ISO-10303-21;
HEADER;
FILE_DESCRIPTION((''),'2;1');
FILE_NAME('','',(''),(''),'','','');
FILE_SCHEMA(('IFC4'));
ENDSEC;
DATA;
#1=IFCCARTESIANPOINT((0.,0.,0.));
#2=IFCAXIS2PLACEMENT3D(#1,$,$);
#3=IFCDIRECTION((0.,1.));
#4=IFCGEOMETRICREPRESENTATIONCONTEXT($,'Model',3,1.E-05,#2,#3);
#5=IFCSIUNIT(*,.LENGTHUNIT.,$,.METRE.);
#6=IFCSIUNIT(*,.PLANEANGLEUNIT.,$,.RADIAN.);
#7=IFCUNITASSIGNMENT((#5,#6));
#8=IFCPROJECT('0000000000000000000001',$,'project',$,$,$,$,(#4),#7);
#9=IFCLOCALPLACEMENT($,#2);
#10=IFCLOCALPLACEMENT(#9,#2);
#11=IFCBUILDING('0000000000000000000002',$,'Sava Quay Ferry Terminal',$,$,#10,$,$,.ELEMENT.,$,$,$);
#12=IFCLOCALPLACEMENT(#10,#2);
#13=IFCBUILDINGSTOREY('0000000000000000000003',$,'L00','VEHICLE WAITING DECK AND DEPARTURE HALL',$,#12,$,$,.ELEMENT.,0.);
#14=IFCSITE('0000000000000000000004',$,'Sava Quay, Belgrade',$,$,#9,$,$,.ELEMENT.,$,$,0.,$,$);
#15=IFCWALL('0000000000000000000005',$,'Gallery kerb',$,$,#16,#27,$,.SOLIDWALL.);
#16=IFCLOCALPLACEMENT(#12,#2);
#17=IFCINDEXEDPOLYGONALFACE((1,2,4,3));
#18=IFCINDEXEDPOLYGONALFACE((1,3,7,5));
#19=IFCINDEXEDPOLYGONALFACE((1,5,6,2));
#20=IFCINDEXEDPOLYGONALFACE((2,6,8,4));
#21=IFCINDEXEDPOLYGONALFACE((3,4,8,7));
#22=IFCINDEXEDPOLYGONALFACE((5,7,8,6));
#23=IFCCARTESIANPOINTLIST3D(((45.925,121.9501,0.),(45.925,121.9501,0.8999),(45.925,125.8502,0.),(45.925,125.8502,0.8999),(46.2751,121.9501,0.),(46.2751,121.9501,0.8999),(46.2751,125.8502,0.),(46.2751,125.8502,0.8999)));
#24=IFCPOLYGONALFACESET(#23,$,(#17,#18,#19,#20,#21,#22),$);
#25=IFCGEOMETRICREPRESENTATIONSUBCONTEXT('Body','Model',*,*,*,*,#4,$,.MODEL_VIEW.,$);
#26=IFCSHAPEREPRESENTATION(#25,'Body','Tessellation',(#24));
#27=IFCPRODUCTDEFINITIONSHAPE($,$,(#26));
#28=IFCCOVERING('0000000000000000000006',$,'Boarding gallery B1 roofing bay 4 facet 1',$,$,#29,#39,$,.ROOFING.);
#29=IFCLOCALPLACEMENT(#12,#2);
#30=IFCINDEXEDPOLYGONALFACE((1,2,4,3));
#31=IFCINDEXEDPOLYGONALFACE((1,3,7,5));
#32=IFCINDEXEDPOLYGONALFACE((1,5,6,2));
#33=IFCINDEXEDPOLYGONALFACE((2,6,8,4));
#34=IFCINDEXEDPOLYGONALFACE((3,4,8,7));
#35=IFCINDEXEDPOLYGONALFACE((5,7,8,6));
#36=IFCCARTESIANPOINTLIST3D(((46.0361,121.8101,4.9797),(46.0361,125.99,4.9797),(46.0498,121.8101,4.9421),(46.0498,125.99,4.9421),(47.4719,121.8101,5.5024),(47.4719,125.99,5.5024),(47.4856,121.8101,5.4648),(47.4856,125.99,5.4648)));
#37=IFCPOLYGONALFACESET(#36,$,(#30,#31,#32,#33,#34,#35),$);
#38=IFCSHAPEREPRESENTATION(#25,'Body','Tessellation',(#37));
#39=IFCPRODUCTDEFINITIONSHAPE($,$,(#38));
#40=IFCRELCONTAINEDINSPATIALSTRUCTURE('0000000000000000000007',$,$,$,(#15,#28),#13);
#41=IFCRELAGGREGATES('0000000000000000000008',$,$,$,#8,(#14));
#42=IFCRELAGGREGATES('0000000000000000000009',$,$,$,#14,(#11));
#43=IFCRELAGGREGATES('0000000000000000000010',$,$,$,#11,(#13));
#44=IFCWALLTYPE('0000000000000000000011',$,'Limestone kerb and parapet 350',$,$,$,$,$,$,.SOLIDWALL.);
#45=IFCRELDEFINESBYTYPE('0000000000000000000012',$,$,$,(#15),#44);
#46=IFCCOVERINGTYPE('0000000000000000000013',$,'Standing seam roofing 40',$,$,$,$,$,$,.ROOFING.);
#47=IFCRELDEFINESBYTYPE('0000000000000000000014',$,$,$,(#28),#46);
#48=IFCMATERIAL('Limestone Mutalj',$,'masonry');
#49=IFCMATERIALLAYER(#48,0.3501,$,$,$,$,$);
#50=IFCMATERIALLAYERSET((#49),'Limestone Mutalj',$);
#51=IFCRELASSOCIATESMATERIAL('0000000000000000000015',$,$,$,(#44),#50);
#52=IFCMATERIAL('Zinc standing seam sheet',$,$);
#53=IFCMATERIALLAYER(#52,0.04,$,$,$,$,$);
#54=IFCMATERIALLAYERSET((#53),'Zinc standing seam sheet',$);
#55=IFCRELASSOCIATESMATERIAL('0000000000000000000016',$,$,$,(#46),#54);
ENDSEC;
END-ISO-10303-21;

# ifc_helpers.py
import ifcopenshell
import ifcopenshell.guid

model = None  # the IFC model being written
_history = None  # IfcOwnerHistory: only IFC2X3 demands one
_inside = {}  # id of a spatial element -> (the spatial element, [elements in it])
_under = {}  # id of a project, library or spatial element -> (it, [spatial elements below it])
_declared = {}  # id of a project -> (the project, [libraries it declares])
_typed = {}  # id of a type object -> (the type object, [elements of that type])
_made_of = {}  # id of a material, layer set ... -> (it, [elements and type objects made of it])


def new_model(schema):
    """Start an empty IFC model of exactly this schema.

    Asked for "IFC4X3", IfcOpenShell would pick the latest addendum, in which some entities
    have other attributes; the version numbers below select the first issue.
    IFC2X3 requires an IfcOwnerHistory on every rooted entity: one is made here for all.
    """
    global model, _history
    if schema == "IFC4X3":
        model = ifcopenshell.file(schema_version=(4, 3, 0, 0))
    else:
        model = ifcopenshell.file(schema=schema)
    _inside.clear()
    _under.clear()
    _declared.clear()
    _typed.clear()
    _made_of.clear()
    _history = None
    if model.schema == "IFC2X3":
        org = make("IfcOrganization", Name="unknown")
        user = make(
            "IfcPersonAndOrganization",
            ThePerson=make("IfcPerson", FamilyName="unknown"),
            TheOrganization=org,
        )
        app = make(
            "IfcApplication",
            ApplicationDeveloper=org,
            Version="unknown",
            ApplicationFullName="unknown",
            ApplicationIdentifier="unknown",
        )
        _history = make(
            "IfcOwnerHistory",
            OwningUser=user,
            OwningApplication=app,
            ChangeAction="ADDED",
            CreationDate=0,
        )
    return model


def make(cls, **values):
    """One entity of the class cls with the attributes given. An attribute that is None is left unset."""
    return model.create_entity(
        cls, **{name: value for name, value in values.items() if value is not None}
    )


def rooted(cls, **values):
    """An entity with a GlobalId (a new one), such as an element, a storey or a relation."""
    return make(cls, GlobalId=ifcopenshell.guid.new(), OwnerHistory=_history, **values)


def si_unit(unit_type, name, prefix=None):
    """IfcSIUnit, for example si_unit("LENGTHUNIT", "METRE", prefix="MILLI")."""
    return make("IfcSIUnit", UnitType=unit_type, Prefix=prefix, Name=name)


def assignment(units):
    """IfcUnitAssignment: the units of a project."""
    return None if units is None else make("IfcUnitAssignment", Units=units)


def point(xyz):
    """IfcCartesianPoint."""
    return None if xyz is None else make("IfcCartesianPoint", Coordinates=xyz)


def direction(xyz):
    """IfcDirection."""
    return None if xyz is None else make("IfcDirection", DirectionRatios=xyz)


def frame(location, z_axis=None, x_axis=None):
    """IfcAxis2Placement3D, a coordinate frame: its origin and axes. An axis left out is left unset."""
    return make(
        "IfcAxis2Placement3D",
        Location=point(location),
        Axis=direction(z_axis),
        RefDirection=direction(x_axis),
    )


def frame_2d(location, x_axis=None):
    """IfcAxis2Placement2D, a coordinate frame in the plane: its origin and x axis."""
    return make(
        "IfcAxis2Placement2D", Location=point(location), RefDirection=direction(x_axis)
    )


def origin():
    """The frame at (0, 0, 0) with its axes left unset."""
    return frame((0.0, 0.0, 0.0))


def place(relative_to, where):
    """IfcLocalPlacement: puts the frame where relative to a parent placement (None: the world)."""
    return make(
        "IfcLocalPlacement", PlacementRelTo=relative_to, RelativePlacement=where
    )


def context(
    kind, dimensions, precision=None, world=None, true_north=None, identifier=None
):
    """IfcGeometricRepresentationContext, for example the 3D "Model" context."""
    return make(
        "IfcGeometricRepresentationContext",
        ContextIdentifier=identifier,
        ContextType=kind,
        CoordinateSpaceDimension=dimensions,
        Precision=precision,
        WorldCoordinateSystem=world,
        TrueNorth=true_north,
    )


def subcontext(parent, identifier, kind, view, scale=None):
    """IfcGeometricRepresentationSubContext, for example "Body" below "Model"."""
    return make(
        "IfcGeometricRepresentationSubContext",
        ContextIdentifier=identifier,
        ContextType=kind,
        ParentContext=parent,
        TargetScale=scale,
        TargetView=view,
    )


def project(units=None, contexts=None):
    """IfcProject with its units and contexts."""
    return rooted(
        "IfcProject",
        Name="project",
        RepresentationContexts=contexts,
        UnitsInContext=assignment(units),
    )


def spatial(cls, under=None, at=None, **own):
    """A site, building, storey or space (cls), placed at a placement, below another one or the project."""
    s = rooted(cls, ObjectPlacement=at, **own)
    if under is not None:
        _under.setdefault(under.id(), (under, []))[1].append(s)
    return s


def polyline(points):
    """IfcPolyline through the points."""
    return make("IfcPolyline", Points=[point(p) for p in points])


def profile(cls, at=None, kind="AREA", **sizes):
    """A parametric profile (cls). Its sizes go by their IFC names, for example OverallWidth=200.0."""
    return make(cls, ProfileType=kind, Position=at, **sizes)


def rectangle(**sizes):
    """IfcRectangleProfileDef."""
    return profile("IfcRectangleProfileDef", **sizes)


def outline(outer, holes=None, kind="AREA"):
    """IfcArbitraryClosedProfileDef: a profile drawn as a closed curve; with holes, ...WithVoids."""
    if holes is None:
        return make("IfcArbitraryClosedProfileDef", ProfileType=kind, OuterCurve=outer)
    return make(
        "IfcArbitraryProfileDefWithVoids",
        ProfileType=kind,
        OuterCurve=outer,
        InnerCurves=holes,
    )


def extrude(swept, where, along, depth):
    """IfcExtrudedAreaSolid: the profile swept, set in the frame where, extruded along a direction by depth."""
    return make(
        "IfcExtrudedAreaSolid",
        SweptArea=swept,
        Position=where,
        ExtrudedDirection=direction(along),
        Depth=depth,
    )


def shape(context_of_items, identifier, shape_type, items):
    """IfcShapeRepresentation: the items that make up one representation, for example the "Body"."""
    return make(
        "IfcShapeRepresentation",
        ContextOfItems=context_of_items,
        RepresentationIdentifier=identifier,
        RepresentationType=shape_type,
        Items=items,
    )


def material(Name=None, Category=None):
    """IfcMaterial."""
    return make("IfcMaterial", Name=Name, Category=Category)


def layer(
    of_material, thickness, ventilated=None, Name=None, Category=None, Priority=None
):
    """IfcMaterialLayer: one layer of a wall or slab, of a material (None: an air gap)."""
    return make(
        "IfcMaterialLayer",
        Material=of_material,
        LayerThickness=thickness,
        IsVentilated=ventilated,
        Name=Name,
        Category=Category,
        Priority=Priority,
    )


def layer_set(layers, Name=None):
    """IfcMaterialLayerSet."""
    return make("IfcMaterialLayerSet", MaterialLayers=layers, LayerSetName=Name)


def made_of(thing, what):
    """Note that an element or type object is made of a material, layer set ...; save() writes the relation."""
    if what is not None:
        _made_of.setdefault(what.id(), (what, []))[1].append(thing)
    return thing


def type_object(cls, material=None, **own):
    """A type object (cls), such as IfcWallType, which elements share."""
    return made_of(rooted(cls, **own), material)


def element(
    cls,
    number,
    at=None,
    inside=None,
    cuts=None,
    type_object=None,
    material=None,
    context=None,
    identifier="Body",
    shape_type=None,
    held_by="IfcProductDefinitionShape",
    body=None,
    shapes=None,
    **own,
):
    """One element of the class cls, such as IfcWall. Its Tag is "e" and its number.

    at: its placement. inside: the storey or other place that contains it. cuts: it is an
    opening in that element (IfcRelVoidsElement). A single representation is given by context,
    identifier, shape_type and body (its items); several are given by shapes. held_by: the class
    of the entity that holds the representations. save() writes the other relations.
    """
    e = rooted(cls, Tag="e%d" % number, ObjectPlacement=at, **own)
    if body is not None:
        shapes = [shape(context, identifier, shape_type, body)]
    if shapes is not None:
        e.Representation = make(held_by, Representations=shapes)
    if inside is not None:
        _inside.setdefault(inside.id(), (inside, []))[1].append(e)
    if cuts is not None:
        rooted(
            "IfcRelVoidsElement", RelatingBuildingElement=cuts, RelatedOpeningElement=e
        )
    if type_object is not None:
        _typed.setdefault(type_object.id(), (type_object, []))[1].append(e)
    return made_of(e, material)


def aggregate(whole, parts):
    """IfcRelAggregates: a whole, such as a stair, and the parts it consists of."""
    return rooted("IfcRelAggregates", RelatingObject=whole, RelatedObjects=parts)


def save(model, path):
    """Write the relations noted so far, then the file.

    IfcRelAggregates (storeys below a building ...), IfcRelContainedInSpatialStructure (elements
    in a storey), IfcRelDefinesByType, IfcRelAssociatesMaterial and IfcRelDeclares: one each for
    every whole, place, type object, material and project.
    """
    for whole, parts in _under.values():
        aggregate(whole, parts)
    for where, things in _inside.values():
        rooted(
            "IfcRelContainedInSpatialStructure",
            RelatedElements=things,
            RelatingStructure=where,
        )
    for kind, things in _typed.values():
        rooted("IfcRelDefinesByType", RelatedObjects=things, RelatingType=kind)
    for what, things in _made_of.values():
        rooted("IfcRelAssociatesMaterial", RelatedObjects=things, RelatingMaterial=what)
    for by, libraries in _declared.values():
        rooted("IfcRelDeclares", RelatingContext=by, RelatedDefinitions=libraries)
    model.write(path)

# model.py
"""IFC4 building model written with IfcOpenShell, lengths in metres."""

from ifc_helpers import new_model, si_unit, direction, frame, frame_2d, origin, place, context, subcontext, project, spatial, polyline, rectangle, outline, extrude, material, layer, layer_set, type_object, element, save


model = new_model("IFC4")

# Units and contexts
model_context = context("Model", 3, precision=1e-05, world=origin(), true_north=direction((0.0, 1.0)))
body_context = subcontext(model_context, "Body", "Model", "MODEL_VIEW")
ifc_project = project(units=[si_unit("LENGTHUNIT", "METRE"), si_unit("PLANEANGLEUNIT", "RADIAN")], contexts=[model_context])

# Site, building, storey
site_placement = place(None, origin())
site = spatial("IfcSite", under=ifc_project, at=site_placement, Name="Sava Quay, Belgrade", CompositionType="ELEMENT", RefElevation=0.0)
building_placement = place(site_placement, origin())
building = spatial("IfcBuilding", under=site, at=building_placement, Name="Sava Quay Ferry Terminal", CompositionType="ELEMENT")
storey_placement = place(building_placement, origin())
storey = spatial("IfcBuildingStorey", under=building, at=storey_placement, Name="L00", Description="VEHICLE WAITING DECK AND DEPARTURE HALL", CompositionType="ELEMENT", Elevation=0.0)

# Wall
ifc_material_1 = material(Name="Limestone Mutalj", Category="masonry")
ifc_layer_1 = layer(ifc_material_1, 0.3501)
ifc_layer_set_1 = layer_set([ifc_layer_1], Name="Limestone Mutalj")
wall_type = type_object("IfcWallType", Name="Limestone kerb and parapet 350", PredefinedType="SOLIDWALL", material=ifc_layer_set_1)
wall_placement = place(storey_placement, frame((46.1001, 121.95, 0.0), z_axis=(0.0, 0.0, 1.0), x_axis=(0.0, 1.0, 0.0)))
element("IfcWall", 1, at=wall_placement, inside=storey, type_object=wall_type, Name="Gallery kerb", PredefinedType="SOLIDWALL", context=body_context, shape_type="SweptSolid", body=[
    extrude(rectangle(XDim=3.9001, YDim=0.3501, at=frame_2d((1.9502, 0.0))), origin(), (0.0, 0.0, 1.0), 0.8999),
])

# Covering
ifc_material_2 = material(Name="Zinc standing seam sheet")
ifc_layer_2 = layer(ifc_material_2, 0.04)
ifc_layer_set_2 = layer_set([ifc_layer_2], Name="Zinc standing seam sheet")
covering_type = type_object("IfcCoveringType", Name="Standing seam roofing 40", PredefinedType="ROOFING", material=ifc_layer_set_2)
covering_placement = place(storey_placement, frame((46.0361, 121.8101, 4.9797), z_axis=(-0.342089, 0.0, 0.939667), x_axis=(0.939667, 0.0, 0.342089)))
element("IfcCovering", 2, at=covering_placement, inside=storey, type_object=covering_type, Name="Boarding gallery B1 roofing bay 4 facet 1", PredefinedType="ROOFING", context=body_context, shape_type="SweptSolid", body=[
    extrude(outline(polyline([(0.0, 0.0), (1.528, 0.0), (1.528, 4.1799), (0.0, 4.1799), (0.0, 0.0)])), origin(), (0.0, 0.0, -1.0), 0.04),
])

save(model, "model.ifc")
